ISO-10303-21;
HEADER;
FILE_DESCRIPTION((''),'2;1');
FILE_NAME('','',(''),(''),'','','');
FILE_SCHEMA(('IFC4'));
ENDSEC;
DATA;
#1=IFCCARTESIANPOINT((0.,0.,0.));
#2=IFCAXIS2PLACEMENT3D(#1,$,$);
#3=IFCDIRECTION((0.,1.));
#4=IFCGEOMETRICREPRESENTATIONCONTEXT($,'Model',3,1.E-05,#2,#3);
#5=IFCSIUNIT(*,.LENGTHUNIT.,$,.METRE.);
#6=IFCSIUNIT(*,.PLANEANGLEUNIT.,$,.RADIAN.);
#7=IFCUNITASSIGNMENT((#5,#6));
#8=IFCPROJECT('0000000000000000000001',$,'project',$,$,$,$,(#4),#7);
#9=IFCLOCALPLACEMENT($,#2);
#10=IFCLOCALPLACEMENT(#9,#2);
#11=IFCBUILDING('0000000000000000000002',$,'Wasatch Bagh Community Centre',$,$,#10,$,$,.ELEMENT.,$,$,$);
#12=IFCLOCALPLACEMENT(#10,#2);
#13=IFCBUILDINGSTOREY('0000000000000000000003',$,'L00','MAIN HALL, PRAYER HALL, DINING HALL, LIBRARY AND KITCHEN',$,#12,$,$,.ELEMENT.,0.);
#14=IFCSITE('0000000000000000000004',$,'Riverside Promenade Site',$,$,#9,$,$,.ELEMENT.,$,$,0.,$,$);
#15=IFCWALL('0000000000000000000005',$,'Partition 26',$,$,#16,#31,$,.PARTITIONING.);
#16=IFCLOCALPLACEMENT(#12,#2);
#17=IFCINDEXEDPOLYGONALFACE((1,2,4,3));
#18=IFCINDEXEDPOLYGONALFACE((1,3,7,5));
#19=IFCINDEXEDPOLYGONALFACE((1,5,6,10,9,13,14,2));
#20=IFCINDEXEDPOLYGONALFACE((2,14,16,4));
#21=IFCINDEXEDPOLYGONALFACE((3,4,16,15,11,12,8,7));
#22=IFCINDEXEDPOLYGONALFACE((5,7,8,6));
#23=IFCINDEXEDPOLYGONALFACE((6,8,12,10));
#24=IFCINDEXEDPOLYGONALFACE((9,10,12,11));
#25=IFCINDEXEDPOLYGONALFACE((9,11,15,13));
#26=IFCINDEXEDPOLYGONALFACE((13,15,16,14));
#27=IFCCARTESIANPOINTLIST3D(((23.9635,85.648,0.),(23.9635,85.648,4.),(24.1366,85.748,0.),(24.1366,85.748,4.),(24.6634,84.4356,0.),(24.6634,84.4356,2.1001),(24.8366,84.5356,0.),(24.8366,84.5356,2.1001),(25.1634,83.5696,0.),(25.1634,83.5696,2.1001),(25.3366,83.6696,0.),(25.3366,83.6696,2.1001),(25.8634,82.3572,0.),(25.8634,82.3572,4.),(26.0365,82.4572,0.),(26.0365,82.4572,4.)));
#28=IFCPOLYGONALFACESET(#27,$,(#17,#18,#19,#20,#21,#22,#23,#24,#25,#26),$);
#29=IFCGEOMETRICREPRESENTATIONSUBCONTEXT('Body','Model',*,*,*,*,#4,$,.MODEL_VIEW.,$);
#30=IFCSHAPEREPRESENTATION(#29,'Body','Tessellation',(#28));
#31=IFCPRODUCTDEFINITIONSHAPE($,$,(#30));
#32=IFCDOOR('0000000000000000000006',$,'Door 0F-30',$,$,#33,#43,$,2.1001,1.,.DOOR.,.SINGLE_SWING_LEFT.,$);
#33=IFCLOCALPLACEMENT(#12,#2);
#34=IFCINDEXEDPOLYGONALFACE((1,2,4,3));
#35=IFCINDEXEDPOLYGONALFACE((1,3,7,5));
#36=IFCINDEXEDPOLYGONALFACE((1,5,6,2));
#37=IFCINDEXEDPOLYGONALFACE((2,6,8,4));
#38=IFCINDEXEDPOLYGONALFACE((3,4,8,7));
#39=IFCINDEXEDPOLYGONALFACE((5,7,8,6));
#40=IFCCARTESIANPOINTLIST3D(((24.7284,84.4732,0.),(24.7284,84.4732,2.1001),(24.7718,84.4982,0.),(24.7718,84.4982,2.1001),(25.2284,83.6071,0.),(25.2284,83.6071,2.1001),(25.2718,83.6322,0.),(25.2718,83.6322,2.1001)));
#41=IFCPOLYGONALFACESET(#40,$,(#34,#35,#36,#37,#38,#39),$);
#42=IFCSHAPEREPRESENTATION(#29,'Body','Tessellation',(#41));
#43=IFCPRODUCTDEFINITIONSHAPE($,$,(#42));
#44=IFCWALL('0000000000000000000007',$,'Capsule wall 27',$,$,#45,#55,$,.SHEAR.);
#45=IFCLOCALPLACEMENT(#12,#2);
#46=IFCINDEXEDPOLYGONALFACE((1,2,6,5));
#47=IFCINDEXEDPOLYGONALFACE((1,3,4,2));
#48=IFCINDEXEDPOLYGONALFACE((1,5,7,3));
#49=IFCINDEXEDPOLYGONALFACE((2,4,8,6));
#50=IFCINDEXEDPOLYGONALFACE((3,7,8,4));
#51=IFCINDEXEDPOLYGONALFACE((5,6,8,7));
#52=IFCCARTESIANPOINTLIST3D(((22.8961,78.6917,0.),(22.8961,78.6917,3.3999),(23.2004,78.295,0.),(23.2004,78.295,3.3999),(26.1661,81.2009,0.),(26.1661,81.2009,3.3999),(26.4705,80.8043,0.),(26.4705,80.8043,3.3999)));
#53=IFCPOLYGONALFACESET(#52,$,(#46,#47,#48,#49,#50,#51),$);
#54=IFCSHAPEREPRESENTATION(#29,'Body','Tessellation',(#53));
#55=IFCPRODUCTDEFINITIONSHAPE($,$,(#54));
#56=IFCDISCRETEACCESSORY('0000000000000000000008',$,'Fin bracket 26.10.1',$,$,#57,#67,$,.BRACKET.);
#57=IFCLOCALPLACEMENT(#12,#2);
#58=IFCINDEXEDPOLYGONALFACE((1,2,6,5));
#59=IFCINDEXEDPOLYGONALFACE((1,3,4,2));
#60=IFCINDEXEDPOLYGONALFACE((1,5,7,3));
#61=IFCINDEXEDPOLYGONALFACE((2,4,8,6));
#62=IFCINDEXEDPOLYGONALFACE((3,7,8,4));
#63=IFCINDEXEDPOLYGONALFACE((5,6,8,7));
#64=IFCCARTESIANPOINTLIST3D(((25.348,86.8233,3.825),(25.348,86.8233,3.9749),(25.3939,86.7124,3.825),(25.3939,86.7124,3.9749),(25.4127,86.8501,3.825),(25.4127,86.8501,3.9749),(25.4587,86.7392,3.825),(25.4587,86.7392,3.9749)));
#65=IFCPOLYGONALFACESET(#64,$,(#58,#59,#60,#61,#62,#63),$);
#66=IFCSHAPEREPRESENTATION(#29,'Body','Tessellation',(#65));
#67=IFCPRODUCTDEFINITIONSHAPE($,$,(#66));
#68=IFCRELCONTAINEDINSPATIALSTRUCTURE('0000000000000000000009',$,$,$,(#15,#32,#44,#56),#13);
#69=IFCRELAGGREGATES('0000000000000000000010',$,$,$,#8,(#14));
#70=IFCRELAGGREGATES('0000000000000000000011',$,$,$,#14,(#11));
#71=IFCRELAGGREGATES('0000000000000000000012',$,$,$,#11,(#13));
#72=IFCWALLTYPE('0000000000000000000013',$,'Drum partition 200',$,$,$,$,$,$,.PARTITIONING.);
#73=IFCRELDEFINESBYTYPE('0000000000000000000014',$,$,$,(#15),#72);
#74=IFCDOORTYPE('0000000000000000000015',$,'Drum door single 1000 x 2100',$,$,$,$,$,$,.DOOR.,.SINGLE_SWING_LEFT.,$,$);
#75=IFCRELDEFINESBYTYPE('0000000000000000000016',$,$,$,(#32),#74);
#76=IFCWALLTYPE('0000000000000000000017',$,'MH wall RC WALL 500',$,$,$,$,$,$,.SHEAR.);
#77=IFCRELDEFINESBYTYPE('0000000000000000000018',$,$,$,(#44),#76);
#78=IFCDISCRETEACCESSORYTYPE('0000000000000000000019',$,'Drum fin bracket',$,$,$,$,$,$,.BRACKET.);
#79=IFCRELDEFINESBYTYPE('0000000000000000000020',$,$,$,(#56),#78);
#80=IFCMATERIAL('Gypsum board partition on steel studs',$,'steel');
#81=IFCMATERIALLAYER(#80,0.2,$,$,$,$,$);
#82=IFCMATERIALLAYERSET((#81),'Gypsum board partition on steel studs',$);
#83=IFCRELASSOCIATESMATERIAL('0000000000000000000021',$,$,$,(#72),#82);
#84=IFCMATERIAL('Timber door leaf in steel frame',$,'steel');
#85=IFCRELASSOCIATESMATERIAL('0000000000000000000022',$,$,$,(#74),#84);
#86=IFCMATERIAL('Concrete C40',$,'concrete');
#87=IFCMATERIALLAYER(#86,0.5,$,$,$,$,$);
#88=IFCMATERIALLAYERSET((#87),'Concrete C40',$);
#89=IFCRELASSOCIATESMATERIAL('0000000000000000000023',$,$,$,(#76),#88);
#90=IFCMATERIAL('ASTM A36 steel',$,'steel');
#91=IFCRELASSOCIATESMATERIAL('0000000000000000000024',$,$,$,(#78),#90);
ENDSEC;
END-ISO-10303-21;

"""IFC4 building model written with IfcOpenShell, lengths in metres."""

from ifc_helpers import new_model, si_unit, direction, frame, frame_2d, origin, origin_2d, place, context, subcontext, project, spatial, rectangle, extrude, material, layer, layer_set, type_object, element, fill, save


model = new_model("IFC4")

# Units and contexts
model_context = context("Model", 3, precision=1e-05, world=origin(), true_north=direction((0.0, 1.0)))
body_context = subcontext(model_context, "Body", "Model", "MODEL_VIEW")
ifc_project = project(units=[si_unit("LENGTHUNIT", "METRE"), si_unit("PLANEANGLEUNIT", "RADIAN")], contexts=[model_context])

# Site, building, storey
site_placement = place(None, origin())
site = spatial("IfcSite", under=ifc_project, at=site_placement, Name="Riverside Promenade Site", CompositionType="ELEMENT", RefElevation=0.0)
building_placement = place(site_placement, origin())
building = spatial("IfcBuilding", under=site, at=building_placement, Name="Wasatch Bagh Community Centre", CompositionType="ELEMENT")
storey_placement = place(building_placement, origin())
storey = spatial("IfcBuildingStorey", under=building, at=storey_placement, Name="L00", Description="MAIN HALL, PRAYER HALL, DINING HALL, LIBRARY AND KITCHEN", CompositionType="ELEMENT", Elevation=0.0)

# Shared definitions
ifc_material_1 = material(Name="Concrete C40", Category="concrete")

# Wall, opening, door
ifc_material_2 = material(Name="Gypsum board partition on steel studs", Category="steel")
ifc_layer_1 = layer(ifc_material_2, 0.2)
ifc_layer_set_1 = layer_set([ifc_layer_1], Name="Gypsum board partition on steel studs")
wall_type_1 = type_object("IfcWallType", Name="Drum partition 200", PredefinedType="PARTITIONING", material=ifc_layer_set_1)
wall_1_placement = place(storey_placement, frame((25.95, 82.4072, 0.0), z_axis=(0.0, 0.0, 1.0), x_axis=(-0.499995, 0.866028, 0.0)))
wall_1 = element("IfcWall", 1, at=wall_1_placement, inside=storey, type_object=wall_type_1, Name="Partition 26", PredefinedType="PARTITIONING", context=body_context, shape_type="SweptSolid", body=[
    extrude(rectangle(XDim=3.7998, YDim=0.2, at=frame_2d((1.8999, 0.0))), origin(), (0.0, 0.0, 1.0), 4.0),
])
opening_placement = place(wall_1_placement, frame((1.3999, 0.0, 0.0)))
opening = element("IfcOpeningElement", 2, at=opening_placement, cuts=wall_1, PredefinedType="OPENING", context=body_context, shape_type="SweptSolid", body=[
    extrude(rectangle(XDim=1.0, YDim=2.1001, at=frame_2d((0.5, 1.05))), frame((0.0, 0.1099, 0.0), z_axis=(0.0, -1.0, 0.0), x_axis=(1.0, 0.0, 0.0)), (0.0, 0.0, 1.0), 0.22),
])
ifc_material_3 = material(Name="Timber door leaf in steel frame", Category="steel")
door_type = type_object("IfcDoorType", Name="Drum door single 1000 x 2100", OperationType="SINGLE_SWING_LEFT", PredefinedType="DOOR", material=ifc_material_3)
door_placement = place(opening_placement, origin())
door = element("IfcDoor", 3, at=door_placement, inside=storey, type_object=door_type, Name="Door 0F-30", OperationType="SINGLE_SWING_LEFT", OverallHeight=2.1001, OverallWidth=1.0, PredefinedType="DOOR", context=body_context, shape_type="SweptSolid", body=[
    extrude(rectangle(XDim=1.0, YDim=2.1001, at=frame_2d((0.5, 1.05))), frame((0.0, 0.0249, 0.0), z_axis=(0.0, -1.0, 0.0), x_axis=(1.0, 0.0, 0.0)), (0.0, 0.0, 1.0), 0.05),
])
fill(opening, door)

# Wall
ifc_layer_2 = layer(ifc_material_1, 0.5)
ifc_layer_set_2 = layer_set([ifc_layer_2], Name="Concrete C40")
wall_type_2 = type_object("IfcWallType", Name="MH wall RC WALL 500", PredefinedType="SHEAR", material=ifc_layer_set_2)
wall_2_placement = place(storey_placement, frame((26.3184, 81.0027, 0.0), z_axis=(0.0, 0.0, 1.0), x_axis=(-0.793341, -0.608777, 0.0)))
element("IfcWall", 4, at=wall_2_placement, inside=storey, type_object=wall_type_2, Name="Capsule wall 27", PredefinedType="SHEAR", context=body_context, shape_type="SweptSolid", body=[
    extrude(rectangle(XDim=4.1218, YDim=0.5, at=frame_2d((2.061, 0.0))), origin(), (0.0, 0.0, 1.0), 3.3999),
])

# Discrete accessory
ifc_material_4 = material(Name="ASTM A36 steel", Category="steel")
discrete_accessory_type = type_object("IfcDiscreteAccessoryType", Name="Drum fin bracket", PredefinedType="BRACKET", material=ifc_material_4)
discrete_accessory_placement = place(storey_placement, frame((25.4033, 86.7812, 3.825), z_axis=(0.0, 0.0, 1.0), x_axis=(-0.92388, -0.382683, 0.0)))
element("IfcDiscreteAccessory", 5, at=discrete_accessory_placement, inside=storey, type_object=discrete_accessory_type, Name="Fin bracket 26.10.1", PredefinedType="BRACKET", context=body_context, shape_type="SweptSolid", body=[
    extrude(rectangle(XDim=0.0701, YDim=0.1201, at=origin_2d()), origin(), (0.0, 0.0, 1.0), 0.1499),
])

save(model, "model.ifc")
